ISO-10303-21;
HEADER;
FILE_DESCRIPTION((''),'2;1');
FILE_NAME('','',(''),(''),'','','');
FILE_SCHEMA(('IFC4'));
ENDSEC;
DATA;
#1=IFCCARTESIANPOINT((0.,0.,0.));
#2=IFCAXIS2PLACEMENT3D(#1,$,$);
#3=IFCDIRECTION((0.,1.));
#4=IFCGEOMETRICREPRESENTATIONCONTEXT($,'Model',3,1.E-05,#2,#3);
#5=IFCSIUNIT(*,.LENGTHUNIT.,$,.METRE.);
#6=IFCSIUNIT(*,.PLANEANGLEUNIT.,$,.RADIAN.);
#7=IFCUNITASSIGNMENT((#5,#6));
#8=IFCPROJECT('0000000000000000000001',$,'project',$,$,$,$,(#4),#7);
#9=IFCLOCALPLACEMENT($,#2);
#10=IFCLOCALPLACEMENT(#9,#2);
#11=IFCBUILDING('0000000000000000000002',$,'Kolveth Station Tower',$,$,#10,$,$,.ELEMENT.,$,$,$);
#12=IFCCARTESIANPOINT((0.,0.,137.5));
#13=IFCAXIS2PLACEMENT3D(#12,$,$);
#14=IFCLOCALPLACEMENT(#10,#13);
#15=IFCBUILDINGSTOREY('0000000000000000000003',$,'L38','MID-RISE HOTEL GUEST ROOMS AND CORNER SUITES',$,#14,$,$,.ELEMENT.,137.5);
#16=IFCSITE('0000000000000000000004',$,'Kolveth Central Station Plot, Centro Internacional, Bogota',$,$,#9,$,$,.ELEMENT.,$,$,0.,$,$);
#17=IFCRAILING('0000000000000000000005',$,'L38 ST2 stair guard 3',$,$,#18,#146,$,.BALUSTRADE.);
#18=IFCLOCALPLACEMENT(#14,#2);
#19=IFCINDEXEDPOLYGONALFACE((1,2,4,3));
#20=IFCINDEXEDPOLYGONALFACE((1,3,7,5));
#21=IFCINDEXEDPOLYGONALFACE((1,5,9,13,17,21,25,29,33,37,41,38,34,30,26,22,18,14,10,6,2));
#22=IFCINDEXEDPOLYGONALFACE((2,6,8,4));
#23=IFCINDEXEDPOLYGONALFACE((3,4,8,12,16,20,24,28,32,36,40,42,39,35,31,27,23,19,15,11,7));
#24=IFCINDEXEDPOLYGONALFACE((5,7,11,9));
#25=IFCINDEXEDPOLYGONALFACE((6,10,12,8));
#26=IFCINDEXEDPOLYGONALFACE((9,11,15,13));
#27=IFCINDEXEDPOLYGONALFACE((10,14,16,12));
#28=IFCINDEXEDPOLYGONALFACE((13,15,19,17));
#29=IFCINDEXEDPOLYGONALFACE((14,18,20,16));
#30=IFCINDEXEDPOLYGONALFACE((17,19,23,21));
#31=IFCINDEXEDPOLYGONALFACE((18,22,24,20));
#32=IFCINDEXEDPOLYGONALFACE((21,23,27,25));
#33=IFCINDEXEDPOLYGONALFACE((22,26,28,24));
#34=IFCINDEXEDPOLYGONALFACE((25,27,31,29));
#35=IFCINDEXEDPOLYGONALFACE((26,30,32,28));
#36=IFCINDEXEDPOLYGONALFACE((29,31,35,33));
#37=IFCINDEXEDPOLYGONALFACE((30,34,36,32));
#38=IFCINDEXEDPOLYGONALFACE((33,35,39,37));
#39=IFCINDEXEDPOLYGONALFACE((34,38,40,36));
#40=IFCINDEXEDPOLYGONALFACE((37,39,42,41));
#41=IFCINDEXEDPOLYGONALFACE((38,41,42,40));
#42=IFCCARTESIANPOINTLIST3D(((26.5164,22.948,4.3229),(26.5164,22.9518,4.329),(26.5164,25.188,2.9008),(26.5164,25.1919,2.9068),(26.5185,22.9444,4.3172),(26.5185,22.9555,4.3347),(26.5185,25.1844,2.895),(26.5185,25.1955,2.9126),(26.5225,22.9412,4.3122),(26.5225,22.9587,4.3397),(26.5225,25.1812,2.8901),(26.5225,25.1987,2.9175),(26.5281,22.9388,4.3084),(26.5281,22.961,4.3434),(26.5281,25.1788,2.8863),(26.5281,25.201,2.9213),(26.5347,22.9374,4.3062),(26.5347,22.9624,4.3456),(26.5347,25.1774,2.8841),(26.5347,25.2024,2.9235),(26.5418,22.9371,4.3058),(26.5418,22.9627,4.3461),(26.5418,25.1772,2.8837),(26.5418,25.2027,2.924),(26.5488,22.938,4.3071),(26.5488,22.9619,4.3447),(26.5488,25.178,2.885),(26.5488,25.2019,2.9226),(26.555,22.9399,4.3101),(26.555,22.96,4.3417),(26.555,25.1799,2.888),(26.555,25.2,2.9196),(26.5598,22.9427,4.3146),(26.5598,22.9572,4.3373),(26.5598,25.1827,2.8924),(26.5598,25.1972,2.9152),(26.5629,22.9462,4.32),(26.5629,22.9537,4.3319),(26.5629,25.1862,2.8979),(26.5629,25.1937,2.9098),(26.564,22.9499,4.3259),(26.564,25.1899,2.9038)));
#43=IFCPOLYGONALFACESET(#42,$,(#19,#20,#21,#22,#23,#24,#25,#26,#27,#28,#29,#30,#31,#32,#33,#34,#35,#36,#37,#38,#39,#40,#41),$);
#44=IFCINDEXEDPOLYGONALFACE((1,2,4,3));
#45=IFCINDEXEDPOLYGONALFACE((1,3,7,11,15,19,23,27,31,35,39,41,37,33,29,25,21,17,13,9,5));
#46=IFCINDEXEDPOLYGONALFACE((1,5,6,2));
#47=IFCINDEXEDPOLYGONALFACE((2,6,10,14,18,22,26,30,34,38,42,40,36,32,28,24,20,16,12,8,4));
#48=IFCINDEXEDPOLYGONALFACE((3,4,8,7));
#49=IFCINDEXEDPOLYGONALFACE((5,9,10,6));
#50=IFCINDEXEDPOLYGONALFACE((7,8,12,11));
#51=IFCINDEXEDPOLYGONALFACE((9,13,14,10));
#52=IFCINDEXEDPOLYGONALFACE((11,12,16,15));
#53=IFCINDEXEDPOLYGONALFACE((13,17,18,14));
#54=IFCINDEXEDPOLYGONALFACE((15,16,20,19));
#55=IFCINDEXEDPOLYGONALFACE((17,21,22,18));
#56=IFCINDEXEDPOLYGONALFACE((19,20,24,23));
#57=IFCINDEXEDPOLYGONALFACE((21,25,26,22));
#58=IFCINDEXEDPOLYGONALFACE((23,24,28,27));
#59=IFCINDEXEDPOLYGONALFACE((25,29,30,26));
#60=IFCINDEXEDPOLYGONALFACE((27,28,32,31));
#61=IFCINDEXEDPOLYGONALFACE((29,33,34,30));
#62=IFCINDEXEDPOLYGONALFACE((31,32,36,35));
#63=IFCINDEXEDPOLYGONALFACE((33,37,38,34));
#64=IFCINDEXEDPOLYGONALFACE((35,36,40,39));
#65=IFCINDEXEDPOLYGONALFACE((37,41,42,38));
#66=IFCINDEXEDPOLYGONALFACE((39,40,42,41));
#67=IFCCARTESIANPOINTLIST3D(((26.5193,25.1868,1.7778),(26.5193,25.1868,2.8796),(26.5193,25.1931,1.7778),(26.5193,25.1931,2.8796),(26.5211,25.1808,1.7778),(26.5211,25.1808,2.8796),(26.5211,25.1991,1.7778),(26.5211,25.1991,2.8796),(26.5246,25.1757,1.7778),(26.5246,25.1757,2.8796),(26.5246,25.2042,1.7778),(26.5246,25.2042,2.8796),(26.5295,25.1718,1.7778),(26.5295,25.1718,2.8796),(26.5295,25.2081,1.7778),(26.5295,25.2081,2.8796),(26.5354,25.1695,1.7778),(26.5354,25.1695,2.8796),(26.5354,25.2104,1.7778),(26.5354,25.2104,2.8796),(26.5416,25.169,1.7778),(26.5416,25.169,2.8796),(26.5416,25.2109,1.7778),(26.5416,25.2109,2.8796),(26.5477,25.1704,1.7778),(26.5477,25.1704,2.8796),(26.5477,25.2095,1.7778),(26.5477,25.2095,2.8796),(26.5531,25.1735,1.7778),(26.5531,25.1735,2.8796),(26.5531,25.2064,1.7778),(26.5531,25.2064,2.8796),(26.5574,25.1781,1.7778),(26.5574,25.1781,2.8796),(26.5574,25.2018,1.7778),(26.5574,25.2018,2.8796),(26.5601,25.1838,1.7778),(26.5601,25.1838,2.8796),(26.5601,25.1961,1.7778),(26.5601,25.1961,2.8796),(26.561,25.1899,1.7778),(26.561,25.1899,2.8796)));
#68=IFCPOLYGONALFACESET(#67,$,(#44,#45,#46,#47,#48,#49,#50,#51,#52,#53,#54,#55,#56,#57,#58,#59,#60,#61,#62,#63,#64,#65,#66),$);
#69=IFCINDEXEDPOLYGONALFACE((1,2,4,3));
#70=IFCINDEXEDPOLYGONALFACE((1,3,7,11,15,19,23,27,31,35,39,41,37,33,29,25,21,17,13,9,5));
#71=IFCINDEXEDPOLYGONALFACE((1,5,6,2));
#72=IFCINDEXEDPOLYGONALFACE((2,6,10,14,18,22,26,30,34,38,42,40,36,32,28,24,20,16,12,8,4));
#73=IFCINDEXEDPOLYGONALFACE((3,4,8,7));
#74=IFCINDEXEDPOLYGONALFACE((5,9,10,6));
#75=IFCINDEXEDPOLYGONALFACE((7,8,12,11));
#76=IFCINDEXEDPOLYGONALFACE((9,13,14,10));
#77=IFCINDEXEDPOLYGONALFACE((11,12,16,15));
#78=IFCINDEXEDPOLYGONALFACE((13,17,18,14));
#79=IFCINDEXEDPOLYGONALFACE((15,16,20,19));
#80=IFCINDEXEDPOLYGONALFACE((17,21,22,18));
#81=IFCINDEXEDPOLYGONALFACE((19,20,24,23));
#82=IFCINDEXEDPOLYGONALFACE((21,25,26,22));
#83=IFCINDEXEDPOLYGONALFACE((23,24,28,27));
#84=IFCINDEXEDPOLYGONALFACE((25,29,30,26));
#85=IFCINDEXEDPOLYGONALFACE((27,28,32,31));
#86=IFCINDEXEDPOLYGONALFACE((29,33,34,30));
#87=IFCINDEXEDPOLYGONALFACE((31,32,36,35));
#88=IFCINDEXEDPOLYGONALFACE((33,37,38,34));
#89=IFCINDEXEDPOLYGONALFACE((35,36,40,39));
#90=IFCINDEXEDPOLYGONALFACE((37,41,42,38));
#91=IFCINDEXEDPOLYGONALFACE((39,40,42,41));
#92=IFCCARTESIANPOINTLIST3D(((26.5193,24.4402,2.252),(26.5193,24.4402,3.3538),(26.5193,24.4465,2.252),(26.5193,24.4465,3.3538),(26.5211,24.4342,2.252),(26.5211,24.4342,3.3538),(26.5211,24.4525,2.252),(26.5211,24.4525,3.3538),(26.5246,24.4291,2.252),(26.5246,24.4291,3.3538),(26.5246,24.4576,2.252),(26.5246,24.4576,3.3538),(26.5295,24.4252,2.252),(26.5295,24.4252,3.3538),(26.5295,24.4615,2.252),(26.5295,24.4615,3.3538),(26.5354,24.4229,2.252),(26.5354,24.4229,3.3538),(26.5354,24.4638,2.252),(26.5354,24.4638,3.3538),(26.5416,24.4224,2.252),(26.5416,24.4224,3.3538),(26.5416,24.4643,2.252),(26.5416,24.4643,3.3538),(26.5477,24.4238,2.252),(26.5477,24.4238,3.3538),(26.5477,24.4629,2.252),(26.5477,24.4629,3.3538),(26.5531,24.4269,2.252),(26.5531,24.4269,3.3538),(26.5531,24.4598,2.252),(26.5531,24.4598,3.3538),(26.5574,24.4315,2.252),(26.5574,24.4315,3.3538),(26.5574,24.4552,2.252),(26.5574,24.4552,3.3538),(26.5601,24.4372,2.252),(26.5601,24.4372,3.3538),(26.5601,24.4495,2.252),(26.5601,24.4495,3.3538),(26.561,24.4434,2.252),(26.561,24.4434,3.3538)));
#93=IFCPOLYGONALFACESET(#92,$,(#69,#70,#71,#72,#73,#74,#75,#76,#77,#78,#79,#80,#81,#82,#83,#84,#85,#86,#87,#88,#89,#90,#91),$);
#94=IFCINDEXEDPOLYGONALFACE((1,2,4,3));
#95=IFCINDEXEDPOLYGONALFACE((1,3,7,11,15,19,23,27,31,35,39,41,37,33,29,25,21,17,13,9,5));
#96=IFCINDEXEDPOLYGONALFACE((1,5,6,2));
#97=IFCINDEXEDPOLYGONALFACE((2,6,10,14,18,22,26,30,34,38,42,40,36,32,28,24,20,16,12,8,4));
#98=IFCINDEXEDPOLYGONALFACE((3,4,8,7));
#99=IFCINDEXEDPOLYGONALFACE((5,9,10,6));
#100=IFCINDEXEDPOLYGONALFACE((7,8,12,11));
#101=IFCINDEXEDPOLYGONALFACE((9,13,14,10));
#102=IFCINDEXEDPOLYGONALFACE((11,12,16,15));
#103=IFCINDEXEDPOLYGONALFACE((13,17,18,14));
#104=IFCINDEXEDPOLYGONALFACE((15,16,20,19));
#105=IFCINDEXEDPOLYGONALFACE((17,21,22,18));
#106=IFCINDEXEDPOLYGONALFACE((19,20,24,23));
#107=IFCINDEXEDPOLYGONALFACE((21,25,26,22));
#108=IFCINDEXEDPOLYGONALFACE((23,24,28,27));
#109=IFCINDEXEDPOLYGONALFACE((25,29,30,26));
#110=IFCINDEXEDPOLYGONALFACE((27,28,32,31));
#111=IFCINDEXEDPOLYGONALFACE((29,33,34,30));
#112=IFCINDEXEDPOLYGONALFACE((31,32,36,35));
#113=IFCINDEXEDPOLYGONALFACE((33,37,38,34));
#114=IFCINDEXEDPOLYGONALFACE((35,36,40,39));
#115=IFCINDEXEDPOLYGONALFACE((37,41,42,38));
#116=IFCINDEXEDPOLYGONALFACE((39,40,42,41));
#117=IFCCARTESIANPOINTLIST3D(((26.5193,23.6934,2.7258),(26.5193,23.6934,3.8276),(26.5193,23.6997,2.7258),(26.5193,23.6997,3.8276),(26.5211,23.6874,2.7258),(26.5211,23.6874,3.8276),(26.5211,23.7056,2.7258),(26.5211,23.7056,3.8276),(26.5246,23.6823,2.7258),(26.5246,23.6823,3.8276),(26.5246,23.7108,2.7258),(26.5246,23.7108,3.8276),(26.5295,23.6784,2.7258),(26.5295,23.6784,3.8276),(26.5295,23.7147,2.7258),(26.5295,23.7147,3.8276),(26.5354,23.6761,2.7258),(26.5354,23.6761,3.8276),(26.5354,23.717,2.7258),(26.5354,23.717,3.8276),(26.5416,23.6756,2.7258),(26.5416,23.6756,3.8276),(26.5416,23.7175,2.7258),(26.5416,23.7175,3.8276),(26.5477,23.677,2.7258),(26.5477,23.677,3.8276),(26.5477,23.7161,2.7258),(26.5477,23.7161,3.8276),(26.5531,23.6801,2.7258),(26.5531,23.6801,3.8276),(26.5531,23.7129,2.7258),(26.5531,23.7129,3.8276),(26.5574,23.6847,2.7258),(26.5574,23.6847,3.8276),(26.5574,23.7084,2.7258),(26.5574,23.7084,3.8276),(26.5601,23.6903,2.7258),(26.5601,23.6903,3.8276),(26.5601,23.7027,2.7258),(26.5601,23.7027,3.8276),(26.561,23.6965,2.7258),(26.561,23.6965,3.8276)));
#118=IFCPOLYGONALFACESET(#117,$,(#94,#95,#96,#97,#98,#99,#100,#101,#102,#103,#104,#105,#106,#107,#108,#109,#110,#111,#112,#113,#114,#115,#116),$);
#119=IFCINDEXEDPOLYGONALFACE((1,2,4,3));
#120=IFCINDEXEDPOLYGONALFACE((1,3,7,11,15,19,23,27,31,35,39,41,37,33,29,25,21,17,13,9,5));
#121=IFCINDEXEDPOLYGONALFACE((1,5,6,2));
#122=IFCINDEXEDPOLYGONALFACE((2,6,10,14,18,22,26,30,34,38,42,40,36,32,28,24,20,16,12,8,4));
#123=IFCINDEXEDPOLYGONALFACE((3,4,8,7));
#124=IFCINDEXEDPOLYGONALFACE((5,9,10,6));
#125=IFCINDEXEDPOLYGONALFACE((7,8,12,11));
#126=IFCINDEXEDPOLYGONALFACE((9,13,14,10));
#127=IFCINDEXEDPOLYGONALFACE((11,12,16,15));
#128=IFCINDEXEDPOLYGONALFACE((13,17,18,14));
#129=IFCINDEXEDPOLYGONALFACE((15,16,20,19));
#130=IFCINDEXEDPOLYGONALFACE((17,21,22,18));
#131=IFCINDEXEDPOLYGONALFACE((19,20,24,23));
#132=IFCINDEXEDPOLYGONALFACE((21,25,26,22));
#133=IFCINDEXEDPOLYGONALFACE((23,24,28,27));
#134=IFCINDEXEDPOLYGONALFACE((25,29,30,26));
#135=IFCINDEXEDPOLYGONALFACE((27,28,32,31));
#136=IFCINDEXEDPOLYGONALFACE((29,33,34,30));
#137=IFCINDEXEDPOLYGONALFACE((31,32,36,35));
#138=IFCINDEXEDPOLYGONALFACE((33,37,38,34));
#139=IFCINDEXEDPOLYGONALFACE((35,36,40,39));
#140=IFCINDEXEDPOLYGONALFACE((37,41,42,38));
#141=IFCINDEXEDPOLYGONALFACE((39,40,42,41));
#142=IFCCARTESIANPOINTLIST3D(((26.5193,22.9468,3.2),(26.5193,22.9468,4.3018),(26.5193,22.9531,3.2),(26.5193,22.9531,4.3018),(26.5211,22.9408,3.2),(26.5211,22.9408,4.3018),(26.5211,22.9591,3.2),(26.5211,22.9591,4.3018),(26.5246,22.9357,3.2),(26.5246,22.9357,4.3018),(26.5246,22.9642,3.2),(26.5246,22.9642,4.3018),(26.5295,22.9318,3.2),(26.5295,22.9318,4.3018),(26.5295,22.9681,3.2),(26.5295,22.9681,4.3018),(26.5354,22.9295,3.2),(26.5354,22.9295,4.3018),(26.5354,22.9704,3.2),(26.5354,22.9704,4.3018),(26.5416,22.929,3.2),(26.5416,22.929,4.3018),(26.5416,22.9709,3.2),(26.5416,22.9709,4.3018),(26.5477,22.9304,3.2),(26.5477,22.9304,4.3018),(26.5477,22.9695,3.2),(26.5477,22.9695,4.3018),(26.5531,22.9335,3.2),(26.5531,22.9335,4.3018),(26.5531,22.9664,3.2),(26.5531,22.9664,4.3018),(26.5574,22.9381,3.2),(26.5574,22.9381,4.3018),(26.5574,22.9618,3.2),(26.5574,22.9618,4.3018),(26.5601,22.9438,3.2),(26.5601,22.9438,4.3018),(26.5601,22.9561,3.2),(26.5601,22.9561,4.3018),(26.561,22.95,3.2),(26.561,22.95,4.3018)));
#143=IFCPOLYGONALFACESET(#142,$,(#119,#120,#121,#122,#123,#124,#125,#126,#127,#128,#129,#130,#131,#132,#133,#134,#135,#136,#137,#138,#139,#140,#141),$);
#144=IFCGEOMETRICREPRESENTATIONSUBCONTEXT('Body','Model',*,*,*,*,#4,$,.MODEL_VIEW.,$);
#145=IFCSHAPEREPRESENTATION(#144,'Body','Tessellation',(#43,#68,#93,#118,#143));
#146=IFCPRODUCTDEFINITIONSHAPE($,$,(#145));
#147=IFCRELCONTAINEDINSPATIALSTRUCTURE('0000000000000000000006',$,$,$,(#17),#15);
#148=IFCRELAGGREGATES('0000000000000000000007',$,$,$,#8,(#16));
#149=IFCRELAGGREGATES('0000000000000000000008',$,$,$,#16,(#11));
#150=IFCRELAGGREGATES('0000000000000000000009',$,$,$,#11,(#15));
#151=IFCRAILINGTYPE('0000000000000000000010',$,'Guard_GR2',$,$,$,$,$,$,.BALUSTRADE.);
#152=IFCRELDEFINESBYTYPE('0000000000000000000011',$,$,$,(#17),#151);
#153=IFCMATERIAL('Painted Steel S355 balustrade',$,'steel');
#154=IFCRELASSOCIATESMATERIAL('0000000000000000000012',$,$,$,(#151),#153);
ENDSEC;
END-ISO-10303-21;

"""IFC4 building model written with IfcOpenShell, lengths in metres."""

from ifc_helpers import new_model, si_unit, direction, frame, origin, origin_2d, place, context, subcontext, project, spatial, circle, extrude, material, type_object, element, save


model = new_model("IFC4")

# Units and contexts
model_context = context("Model", 3, precision=1e-05, world=origin(), true_north=direction((0.0, 1.0)))
body_context = subcontext(model_context, "Body", "Model", "MODEL_VIEW")
ifc_project = project(units=[si_unit("LENGTHUNIT", "METRE"), si_unit("PLANEANGLEUNIT", "RADIAN")], contexts=[model_context])

# Site, building, storey
site_placement = place(None, origin())
site = spatial("IfcSite", under=ifc_project, at=site_placement, Name="Kolveth Central Station Plot, Centro Internacional, Bogota", CompositionType="ELEMENT", RefElevation=0.0)
building_placement = place(site_placement, origin())
building = spatial("IfcBuilding", under=site, at=building_placement, Name="Kolveth Station Tower", CompositionType="ELEMENT")
storey_placement = place(building_placement, frame((0.0, 0.0, 137.5)))
storey = spatial("IfcBuildingStorey", under=building, at=storey_placement, Name="L38", Description="MID-RISE HOTEL GUEST ROOMS AND CORNER SUITES", CompositionType="ELEMENT", Elevation=137.5)

# Railing
ifc_material_1 = material(Name="Painted Steel S355 balustrade", Category="steel")
railing_type_1 = type_object("IfcRailingType", Name="Guard_GR2", PredefinedType="BALUSTRADE", material=ifc_material_1)
railing_1_placement = place(storey_placement, frame((26.54, 25.1899, 1.7778)))
element("IfcRailing", 1, at=railing_1_placement, inside=storey, type_object=railing_type_1, Name="L38 ST2 stair guard 3", PredefinedType="BALUSTRADE", context=body_context, shape_type="SweptSolid", body=[
    extrude(circle(Radius=0.0239, at=origin_2d()), frame((0.0, 0.0, 1.126), z_axis=(0.0, -0.844229, 0.535982), x_axis=(1.0, 0.0, 0.0)), (0.0, 0.0, 1.0), 2.6533),
    extrude(circle(Radius=0.021, at=origin_2d()), origin(), (0.0, 0.0, 1.0), 1.1018),
    extrude(circle(Radius=0.021, at=origin_2d()), frame((0.0, -0.7466, 0.4741)), (0.0, 0.0, 1.0), 1.1018),
    extrude(circle(Radius=0.021, at=origin_2d()), frame((0.0, -1.4934, 0.948)), (0.0, 0.0, 1.0), 1.1018),
    extrude(circle(Radius=0.021, at=origin_2d()), frame((0.0, -2.24, 1.4221)), (0.0, 0.0, 1.0), 1.1018),
])

save(model, "model.ifc")
